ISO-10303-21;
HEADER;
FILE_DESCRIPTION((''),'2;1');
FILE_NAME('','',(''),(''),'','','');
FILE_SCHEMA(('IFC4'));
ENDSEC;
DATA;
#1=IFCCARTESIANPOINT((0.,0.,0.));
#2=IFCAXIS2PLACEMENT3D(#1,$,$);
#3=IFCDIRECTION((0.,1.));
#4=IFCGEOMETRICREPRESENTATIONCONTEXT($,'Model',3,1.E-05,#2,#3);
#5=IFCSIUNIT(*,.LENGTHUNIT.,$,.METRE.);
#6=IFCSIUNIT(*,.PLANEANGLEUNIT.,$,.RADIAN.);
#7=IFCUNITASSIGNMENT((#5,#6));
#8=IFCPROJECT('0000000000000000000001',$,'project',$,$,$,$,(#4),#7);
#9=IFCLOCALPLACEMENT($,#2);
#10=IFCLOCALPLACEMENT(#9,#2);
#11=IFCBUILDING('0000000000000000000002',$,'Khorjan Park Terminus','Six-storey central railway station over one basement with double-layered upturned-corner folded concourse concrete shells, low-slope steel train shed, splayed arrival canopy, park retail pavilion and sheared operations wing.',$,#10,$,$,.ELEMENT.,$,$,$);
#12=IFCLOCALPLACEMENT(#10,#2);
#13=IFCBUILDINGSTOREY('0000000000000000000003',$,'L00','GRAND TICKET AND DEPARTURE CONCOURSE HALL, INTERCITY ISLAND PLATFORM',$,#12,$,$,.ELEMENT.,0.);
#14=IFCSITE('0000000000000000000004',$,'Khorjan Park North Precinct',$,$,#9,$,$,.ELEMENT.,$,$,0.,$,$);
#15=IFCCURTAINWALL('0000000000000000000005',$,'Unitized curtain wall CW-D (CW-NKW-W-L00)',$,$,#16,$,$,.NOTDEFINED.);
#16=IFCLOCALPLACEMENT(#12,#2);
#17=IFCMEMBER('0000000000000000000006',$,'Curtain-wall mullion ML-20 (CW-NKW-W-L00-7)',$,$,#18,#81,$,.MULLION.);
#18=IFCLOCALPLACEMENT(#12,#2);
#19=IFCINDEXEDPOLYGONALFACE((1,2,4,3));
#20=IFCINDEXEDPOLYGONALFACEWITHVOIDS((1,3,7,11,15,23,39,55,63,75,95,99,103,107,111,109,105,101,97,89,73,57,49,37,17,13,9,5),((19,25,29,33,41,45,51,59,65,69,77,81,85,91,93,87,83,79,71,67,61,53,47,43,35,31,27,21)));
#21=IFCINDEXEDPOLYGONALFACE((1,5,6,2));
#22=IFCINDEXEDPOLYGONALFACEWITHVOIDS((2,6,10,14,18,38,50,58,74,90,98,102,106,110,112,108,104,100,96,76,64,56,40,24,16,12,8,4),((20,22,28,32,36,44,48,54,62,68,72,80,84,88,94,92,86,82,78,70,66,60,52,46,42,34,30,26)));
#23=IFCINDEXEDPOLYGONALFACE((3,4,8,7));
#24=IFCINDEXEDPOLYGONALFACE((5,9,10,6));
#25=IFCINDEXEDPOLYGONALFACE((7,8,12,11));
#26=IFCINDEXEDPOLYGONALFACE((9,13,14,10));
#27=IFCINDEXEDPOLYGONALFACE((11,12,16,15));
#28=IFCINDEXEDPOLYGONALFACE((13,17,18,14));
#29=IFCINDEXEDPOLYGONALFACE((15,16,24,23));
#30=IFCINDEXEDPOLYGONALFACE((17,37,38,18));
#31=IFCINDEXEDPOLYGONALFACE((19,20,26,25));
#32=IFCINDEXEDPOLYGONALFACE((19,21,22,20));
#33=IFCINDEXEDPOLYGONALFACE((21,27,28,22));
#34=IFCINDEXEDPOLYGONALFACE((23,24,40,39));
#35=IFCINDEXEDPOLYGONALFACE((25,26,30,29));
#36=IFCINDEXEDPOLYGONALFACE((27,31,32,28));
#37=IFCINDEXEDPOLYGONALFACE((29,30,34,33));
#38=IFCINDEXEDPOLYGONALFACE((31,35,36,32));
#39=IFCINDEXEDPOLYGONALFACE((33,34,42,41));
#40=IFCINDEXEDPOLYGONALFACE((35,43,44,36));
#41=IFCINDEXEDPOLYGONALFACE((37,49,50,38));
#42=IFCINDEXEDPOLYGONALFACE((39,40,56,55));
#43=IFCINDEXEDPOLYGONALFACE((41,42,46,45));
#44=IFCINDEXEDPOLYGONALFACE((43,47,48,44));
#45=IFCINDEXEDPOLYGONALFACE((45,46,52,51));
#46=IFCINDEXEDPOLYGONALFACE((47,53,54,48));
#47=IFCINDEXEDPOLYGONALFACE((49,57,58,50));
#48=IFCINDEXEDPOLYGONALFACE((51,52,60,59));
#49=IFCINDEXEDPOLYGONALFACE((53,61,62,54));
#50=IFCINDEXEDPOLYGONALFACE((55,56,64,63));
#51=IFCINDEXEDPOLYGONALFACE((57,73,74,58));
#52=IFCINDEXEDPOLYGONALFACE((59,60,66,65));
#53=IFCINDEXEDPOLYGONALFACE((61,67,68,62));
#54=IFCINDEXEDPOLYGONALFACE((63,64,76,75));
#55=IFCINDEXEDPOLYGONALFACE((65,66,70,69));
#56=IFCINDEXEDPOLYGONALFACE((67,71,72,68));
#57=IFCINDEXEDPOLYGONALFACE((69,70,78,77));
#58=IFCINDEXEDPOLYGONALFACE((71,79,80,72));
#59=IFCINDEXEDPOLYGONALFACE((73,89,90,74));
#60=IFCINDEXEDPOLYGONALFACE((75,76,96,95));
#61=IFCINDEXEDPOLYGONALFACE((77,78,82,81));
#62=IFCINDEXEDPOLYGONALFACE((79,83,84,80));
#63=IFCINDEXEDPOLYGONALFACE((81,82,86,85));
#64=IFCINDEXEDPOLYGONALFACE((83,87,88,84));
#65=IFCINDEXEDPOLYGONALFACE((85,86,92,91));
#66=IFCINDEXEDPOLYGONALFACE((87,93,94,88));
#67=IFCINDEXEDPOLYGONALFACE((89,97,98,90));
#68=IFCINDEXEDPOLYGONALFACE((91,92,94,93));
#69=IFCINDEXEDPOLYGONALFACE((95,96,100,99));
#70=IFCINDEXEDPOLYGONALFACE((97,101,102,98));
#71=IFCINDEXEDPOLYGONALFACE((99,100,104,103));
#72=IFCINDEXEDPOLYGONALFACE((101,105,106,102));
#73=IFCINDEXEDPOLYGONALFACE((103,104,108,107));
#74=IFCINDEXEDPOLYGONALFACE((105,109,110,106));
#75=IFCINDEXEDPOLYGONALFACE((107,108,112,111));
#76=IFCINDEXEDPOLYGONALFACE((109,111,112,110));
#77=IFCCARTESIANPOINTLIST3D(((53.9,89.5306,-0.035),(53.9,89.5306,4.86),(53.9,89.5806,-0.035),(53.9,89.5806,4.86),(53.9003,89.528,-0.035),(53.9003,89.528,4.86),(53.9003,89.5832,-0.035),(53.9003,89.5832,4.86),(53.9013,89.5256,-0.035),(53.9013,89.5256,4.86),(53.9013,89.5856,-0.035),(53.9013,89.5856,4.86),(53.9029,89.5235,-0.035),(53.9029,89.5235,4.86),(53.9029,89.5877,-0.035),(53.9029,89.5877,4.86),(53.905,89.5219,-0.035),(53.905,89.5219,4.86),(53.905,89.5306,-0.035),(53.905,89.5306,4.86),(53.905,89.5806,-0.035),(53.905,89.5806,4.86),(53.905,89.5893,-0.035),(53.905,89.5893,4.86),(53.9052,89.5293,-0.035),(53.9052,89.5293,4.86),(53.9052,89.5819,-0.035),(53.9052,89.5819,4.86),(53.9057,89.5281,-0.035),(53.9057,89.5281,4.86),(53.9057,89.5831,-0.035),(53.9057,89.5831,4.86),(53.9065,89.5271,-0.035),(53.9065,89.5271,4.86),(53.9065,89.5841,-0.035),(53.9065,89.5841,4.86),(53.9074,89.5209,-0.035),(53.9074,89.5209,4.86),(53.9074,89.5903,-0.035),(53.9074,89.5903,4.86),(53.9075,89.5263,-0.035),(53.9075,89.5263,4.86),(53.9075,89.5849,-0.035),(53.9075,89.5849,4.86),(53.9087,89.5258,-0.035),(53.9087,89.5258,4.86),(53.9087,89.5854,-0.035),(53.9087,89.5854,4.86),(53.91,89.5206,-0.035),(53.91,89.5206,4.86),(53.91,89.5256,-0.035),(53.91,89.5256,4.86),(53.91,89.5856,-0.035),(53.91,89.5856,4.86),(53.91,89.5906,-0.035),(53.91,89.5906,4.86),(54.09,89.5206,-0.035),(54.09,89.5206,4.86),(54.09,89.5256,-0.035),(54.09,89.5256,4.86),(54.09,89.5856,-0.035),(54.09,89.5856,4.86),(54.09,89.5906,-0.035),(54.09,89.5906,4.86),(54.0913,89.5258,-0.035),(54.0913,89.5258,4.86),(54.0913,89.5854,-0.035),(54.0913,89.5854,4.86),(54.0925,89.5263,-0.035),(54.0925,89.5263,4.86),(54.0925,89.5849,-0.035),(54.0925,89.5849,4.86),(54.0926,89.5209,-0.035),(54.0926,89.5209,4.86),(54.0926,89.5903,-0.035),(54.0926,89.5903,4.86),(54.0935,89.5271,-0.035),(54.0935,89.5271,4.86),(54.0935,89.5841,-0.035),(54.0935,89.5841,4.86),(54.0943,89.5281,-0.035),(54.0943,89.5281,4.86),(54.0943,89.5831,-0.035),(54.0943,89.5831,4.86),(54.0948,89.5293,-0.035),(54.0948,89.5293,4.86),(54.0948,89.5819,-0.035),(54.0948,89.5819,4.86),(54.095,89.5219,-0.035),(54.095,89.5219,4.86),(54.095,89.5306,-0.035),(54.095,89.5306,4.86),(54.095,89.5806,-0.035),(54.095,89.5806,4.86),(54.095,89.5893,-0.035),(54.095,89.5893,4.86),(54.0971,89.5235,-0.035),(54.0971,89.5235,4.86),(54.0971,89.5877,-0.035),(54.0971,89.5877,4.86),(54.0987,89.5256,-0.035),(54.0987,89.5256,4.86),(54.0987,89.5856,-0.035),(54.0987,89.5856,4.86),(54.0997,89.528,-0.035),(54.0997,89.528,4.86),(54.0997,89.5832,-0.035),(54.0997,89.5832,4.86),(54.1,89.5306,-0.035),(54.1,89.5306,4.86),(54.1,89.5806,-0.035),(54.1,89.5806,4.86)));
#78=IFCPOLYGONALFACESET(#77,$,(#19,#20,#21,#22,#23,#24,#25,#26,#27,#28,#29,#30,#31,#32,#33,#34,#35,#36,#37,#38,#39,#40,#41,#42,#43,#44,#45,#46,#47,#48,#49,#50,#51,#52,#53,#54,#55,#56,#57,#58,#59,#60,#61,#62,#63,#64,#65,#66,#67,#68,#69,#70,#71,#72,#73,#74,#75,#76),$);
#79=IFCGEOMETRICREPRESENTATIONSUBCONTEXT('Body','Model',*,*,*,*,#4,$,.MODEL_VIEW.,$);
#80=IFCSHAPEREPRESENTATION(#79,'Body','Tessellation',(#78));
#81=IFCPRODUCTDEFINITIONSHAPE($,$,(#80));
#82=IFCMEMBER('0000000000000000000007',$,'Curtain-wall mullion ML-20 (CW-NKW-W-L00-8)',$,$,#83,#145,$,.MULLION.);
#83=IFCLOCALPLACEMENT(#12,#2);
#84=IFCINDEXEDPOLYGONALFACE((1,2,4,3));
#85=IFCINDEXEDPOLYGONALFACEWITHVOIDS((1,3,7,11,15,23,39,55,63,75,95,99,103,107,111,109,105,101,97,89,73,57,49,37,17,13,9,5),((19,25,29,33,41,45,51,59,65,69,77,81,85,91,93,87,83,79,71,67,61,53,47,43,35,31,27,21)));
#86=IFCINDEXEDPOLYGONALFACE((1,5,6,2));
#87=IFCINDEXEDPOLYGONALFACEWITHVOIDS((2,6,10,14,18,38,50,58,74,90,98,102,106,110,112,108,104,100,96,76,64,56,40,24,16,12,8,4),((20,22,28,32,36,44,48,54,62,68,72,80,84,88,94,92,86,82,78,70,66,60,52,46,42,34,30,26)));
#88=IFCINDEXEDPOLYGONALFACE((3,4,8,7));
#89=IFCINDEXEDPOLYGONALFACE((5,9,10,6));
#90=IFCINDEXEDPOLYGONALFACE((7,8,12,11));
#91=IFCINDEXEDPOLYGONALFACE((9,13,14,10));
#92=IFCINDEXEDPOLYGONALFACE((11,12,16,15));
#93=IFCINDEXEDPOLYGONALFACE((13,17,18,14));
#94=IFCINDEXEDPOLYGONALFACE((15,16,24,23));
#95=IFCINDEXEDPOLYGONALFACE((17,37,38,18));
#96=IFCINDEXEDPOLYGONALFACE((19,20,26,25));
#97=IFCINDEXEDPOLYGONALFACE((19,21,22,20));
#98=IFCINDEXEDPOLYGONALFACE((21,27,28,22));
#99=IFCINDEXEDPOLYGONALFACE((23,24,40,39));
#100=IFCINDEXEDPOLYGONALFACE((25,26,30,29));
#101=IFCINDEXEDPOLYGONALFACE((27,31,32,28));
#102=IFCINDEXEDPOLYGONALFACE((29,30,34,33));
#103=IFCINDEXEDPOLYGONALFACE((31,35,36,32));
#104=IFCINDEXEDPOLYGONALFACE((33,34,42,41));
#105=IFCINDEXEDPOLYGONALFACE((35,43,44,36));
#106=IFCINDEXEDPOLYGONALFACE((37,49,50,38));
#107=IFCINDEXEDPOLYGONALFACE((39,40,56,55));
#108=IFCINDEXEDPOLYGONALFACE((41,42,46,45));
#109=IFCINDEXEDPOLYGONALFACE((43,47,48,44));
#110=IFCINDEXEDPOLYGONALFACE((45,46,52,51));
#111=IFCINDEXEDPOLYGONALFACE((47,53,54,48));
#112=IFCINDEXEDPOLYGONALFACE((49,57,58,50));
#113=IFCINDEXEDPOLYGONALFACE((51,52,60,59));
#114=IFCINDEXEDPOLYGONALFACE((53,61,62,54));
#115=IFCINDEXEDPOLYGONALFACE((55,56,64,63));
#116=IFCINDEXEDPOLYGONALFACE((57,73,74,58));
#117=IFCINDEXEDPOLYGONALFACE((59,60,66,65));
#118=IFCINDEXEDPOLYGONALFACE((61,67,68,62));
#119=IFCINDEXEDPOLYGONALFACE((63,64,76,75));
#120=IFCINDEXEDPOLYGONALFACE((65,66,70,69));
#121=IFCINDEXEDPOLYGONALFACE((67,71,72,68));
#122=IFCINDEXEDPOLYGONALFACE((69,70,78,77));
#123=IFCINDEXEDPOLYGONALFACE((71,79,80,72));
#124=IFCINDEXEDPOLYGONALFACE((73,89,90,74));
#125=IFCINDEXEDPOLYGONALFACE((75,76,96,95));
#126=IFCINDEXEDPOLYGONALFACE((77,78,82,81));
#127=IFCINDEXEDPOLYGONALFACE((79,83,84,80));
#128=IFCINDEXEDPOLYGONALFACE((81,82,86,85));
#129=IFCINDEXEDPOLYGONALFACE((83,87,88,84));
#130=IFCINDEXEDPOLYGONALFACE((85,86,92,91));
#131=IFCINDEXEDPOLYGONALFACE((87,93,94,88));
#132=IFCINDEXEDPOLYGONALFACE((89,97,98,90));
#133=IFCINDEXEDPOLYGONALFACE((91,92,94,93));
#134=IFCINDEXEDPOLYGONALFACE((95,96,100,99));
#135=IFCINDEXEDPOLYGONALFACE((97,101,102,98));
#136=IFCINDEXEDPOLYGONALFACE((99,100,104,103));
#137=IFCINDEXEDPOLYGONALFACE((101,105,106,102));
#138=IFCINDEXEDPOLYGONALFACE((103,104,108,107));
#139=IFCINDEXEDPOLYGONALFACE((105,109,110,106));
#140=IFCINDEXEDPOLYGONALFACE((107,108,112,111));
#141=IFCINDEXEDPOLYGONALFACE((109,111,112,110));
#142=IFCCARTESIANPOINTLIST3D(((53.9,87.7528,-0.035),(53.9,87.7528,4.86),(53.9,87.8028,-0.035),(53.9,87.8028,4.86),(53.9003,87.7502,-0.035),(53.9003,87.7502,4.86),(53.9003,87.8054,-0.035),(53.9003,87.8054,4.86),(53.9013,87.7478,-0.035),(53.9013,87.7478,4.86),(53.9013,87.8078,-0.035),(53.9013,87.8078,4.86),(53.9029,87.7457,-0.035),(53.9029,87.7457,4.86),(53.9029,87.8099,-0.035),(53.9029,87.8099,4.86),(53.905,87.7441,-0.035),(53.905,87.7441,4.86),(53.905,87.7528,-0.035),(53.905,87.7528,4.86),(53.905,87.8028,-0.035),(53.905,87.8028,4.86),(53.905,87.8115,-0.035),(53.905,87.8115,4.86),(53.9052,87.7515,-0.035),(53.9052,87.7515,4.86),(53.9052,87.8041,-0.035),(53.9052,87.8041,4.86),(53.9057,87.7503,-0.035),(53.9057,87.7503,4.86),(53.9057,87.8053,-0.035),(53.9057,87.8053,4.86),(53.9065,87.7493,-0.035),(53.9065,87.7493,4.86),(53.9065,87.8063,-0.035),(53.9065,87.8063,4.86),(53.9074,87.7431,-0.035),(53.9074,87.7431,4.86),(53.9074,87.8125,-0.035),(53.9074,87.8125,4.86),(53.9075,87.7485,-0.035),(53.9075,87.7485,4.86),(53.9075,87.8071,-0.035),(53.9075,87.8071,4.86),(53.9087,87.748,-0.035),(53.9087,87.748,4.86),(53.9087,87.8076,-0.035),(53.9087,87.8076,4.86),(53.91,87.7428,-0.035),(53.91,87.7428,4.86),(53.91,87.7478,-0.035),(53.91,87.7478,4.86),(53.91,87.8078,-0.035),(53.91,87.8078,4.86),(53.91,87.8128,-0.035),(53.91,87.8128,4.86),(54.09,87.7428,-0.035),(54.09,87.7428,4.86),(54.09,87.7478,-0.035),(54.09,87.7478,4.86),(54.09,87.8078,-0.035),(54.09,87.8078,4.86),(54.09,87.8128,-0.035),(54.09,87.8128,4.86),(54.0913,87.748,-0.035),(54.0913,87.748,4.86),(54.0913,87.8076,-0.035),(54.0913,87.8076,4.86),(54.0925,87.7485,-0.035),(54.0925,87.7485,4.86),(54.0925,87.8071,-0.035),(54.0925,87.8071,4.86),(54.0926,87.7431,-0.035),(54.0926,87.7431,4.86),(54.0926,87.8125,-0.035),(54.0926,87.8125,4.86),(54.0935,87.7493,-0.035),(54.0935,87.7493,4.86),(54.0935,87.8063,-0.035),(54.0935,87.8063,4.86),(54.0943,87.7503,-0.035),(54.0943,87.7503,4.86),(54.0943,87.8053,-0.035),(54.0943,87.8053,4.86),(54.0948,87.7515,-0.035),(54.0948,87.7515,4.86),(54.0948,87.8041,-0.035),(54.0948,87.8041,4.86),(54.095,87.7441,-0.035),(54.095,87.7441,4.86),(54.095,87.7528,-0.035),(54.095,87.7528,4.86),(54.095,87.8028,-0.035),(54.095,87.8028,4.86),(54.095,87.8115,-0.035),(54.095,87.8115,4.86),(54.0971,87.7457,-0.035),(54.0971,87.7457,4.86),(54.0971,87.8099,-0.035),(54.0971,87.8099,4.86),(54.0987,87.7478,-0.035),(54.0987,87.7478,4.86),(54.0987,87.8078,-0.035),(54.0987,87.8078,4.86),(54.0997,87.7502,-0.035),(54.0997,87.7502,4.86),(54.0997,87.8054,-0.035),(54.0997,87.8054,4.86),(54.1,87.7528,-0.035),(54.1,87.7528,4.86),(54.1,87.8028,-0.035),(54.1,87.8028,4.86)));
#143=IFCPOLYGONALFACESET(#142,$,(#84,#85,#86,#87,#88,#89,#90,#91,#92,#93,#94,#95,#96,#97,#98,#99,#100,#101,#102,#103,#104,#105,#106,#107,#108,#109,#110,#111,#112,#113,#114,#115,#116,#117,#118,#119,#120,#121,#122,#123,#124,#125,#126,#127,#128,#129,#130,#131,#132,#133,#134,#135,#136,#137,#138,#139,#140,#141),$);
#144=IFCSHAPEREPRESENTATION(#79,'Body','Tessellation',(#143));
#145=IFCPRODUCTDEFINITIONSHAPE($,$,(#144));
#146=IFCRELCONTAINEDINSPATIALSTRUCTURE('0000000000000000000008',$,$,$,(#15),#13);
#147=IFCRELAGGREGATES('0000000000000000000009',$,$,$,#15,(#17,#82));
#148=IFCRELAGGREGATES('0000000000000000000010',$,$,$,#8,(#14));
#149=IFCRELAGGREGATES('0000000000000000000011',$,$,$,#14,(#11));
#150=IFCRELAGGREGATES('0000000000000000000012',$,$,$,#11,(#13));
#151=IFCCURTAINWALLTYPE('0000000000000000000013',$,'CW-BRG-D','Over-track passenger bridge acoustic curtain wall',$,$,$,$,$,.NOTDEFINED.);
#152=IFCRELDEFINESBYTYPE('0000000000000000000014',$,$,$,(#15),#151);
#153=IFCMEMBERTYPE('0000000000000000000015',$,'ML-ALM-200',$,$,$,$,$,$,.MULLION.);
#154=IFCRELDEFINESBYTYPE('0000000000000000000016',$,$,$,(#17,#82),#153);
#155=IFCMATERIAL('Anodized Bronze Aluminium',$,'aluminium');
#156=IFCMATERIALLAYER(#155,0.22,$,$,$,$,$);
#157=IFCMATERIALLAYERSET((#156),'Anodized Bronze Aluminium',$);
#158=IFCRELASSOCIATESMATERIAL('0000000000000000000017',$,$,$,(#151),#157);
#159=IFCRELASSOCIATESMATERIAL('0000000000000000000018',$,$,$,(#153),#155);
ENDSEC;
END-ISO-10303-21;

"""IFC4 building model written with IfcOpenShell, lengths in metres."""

from ifc_helpers import new_model, si_unit, direction, frame, origin, origin_2d, place, context, subcontext, project, spatial, hollow_rectangle, extrude, material, layer, layer_set, material_profile, profile_set, type_object, element, aggregate, save


model = new_model("IFC4")

# Units and contexts
model_context = context("Model", 3, precision=1e-05, world=origin(), true_north=direction((0.0, 1.0)))
body_context = subcontext(model_context, "Body", "Model", "MODEL_VIEW")
ifc_project = project(units=[si_unit("LENGTHUNIT", "METRE"), si_unit("PLANEANGLEUNIT", "RADIAN")], contexts=[model_context])

# Site, building, storey
site_placement = place(None, origin())
site = spatial("IfcSite", under=ifc_project, at=site_placement, Name="Khorjan Park North Precinct", CompositionType="ELEMENT", RefElevation=0.0)
building_placement = place(site_placement, origin())
building = spatial("IfcBuilding", under=site, at=building_placement, Name="Khorjan Park Terminus", Description="Six-storey central railway station over one basement with double-layered upturned-corner folded concourse concrete shells, low-slope steel train shed, splayed arrival canopy, park retail pavilion and sheared operations wing.", CompositionType="ELEMENT")
storey_placement = place(building_placement, origin())
storey = spatial("IfcBuildingStorey", under=building, at=storey_placement, Name="L00", Description="GRAND TICKET AND DEPARTURE CONCOURSE HALL, INTERCITY ISLAND PLATFORM", CompositionType="ELEMENT", Elevation=0.0)

# Curtain wall, members
ifc_material_1 = material(Name="Anodized Bronze Aluminium", Category="aluminium")
ifc_layer_1 = layer(ifc_material_1, 0.22)
ifc_layer_set_1 = layer_set([ifc_layer_1], Name="Anodized Bronze Aluminium")
curtain_wall_type = type_object("IfcCurtainWallType", Name="CW-BRG-D", Description="Over-track passenger bridge acoustic curtain wall", PredefinedType="NOTDEFINED", material=ifc_layer_set_1)
curtain_wall_placement = place(storey_placement, origin())
curtain_wall = element("IfcCurtainWall", 1, at=curtain_wall_placement, inside=storey, type_object=curtain_wall_type, Name="Unitized curtain wall CW-D (CW-NKW-W-L00)", PredefinedType="NOTDEFINED")
ifc_material_profile_1 = material_profile(ifc_material_1, hollow_rectangle(XDim=0.07, YDim=0.2, WallThickness=0.005, InnerFilletRadius=0.005, OuterFilletRadius=0.01, at=origin_2d()), Name="ALM 70x200x5")
ifc_profile_set_1 = profile_set([ifc_material_profile_1], Name="Anodized Bronze Aluminium")
member_type_1 = type_object("IfcMemberType", Name="ML-ALM-200", PredefinedType="MULLION", material=ifc_profile_set_1)
member_1_placement = place(storey_placement, frame((54.0, 89.5556, -0.035), z_axis=(0.0, 0.0, 1.0), x_axis=(0.0, -1.0, 0.0)))
member_1 = element("IfcMember", 2, at=member_1_placement, type_object=member_type_1, Name="Curtain-wall mullion ML-20 (CW-NKW-W-L00-7)", PredefinedType="MULLION", context=body_context, shape_type="SweptSolid", body=[
    extrude(hollow_rectangle(XDim=0.07, YDim=0.2, WallThickness=0.005, InnerFilletRadius=0.005, OuterFilletRadius=0.01, at=origin_2d()), origin(), (0.0, 0.0, 1.0), 4.895),
])
member_2_placement = place(storey_placement, frame((54.0, 87.7778, -0.035), z_axis=(0.0, 0.0, 1.0), x_axis=(0.0, -1.0, 0.0)))
member_2 = element("IfcMember", 3, at=member_2_placement, type_object=member_type_1, Name="Curtain-wall mullion ML-20 (CW-NKW-W-L00-8)", PredefinedType="MULLION", context=body_context, shape_type="SweptSolid", body=[
    extrude(hollow_rectangle(XDim=0.07, YDim=0.2, WallThickness=0.005, InnerFilletRadius=0.005, OuterFilletRadius=0.01, at=origin_2d()), origin(), (0.0, 0.0, 1.0), 4.895),
])
aggregate(curtain_wall, [member_1, member_2])

save(model, "model.ifc")
